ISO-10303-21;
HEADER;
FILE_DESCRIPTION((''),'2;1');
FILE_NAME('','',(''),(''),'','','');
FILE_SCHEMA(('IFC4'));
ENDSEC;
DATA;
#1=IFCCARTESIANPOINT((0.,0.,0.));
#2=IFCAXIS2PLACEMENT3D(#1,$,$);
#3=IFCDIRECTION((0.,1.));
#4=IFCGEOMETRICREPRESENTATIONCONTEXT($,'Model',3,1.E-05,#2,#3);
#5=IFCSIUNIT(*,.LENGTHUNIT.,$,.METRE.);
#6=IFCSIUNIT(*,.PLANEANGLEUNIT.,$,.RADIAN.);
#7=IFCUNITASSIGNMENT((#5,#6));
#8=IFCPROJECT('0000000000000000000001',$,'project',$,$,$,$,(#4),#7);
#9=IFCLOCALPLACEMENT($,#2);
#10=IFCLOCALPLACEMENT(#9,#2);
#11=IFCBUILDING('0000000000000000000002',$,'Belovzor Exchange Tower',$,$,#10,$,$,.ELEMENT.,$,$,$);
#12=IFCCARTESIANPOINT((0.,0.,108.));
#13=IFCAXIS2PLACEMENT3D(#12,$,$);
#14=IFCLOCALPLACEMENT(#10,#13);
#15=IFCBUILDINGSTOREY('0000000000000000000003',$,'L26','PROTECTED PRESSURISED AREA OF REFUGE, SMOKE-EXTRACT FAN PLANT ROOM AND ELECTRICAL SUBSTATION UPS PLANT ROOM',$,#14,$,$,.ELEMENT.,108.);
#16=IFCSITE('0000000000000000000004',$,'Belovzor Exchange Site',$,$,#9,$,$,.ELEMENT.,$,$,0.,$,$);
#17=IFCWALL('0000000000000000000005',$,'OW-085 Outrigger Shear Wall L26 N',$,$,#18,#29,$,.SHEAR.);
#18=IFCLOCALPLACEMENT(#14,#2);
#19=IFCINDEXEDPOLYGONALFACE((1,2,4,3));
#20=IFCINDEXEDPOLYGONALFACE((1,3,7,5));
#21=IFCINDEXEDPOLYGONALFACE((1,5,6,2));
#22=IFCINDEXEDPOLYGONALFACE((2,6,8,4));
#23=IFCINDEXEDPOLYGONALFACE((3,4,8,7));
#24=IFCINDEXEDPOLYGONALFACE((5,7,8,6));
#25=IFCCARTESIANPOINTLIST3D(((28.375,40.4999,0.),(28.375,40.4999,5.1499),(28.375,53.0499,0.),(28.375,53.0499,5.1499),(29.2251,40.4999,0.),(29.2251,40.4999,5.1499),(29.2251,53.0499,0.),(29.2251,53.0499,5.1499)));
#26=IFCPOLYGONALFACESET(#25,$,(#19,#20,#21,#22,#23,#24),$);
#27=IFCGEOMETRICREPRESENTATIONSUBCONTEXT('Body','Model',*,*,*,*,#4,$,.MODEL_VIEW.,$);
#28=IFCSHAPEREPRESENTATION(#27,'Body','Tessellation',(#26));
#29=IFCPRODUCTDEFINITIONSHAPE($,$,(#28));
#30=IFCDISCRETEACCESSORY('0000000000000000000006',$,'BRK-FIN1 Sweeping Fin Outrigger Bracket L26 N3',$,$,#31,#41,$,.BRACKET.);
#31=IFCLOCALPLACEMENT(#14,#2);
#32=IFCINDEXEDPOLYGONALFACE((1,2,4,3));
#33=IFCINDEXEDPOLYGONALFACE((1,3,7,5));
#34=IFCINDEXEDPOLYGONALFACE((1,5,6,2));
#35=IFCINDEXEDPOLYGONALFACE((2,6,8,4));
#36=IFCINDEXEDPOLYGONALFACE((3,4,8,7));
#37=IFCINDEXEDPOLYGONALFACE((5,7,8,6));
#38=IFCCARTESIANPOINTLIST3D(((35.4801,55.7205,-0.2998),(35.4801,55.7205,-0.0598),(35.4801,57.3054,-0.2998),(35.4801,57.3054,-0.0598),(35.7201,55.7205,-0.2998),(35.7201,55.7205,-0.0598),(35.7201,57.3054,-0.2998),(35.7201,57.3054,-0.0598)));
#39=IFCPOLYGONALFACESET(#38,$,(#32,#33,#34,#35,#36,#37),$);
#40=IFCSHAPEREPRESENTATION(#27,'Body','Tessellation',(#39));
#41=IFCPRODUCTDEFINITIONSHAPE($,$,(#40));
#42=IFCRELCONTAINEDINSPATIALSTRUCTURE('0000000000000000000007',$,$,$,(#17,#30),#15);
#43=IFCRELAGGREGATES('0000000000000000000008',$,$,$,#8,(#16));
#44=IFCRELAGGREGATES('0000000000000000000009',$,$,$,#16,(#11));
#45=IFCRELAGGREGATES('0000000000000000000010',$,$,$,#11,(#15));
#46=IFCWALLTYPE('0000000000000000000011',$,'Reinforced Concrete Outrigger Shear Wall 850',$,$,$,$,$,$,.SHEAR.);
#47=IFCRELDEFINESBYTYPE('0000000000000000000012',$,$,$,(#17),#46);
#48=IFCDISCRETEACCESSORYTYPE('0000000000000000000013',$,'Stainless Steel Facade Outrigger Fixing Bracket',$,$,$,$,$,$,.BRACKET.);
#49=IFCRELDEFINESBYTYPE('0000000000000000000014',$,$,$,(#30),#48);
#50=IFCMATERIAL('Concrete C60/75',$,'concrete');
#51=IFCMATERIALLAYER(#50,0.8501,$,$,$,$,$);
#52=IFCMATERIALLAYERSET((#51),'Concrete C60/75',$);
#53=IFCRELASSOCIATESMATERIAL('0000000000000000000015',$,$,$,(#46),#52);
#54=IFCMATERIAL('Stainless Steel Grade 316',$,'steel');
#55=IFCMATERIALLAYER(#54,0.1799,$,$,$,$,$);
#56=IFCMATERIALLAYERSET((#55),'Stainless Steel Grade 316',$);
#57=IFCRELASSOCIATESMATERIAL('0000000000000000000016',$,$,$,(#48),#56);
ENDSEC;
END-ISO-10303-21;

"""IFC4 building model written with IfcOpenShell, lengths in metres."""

from ifc_helpers import new_model, si_unit, direction, frame, frame_2d, origin, origin_2d, place, context, subcontext, project, spatial, rectangle, extrude, material, layer, layer_set, type_object, element, save


model = new_model("IFC4")

# Units and contexts
model_context = context("Model", 3, precision=1e-05, world=origin(), true_north=direction((0.0, 1.0)))
body_context = subcontext(model_context, "Body", "Model", "MODEL_VIEW")
ifc_project = project(units=[si_unit("LENGTHUNIT", "METRE"), si_unit("PLANEANGLEUNIT", "RADIAN")], contexts=[model_context])

# Site, building, storey
site_placement = place(None, origin())
site = spatial("IfcSite", under=ifc_project, at=site_placement, Name="Belovzor Exchange Site", CompositionType="ELEMENT", RefElevation=0.0)
building_placement = place(site_placement, origin())
building = spatial("IfcBuilding", under=site, at=building_placement, Name="Belovzor Exchange Tower", CompositionType="ELEMENT")
storey_placement = place(building_placement, frame((0.0, 0.0, 108.0)))
storey = spatial("IfcBuildingStorey", under=building, at=storey_placement, Name="L26", Description="PROTECTED PRESSURISED AREA OF REFUGE, SMOKE-EXTRACT FAN PLANT ROOM AND ELECTRICAL SUBSTATION UPS PLANT ROOM", CompositionType="ELEMENT", Elevation=108.0)

# Wall
ifc_material_1 = material(Name="Concrete C60/75", Category="concrete")
ifc_layer_1 = layer(ifc_material_1, 0.8501)
ifc_layer_set_1 = layer_set([ifc_layer_1], Name="Concrete C60/75")
wall_type_1 = type_object("IfcWallType", Name="Reinforced Concrete Outrigger Shear Wall 850", PredefinedType="SHEAR", material=ifc_layer_set_1)
wall_1_placement = place(storey_placement, frame((28.8, 40.5, 0.0), z_axis=(0.0, 0.0, 1.0), x_axis=(0.0, 1.0, 0.0)))
element("IfcWall", 1, at=wall_1_placement, inside=storey, type_object=wall_type_1, Name="OW-085 Outrigger Shear Wall L26 N", PredefinedType="SHEAR", context=body_context, shape_type="SweptSolid", body=[
    extrude(rectangle(XDim=12.55, YDim=0.8501, at=frame_2d((6.2749, 0.0))), origin(), (0.0, 0.0, 1.0), 5.1499),
])

# Discrete accessory
ifc_material_2 = material(Name="Stainless Steel Grade 316", Category="steel")
ifc_layer_2 = layer(ifc_material_2, 0.1799)
ifc_layer_set_2 = layer_set([ifc_layer_2], Name="Stainless Steel Grade 316")
discrete_accessory_type = type_object("IfcDiscreteAccessoryType", Name="Stainless Steel Facade Outrigger Fixing Bracket", PredefinedType="BRACKET", material=ifc_layer_set_2)
discrete_accessory_placement = place(storey_placement, frame((35.6001, 56.5129, -0.2998), z_axis=(0.0, 0.0, 1.0), x_axis=(0.0, 1.0, 0.0)))
element("IfcDiscreteAccessory", 2, at=discrete_accessory_placement, inside=storey, type_object=discrete_accessory_type, Name="BRK-FIN1 Sweeping Fin Outrigger Bracket L26 N3", PredefinedType="BRACKET", context=body_context, shape_type="SweptSolid", body=[
    extrude(rectangle(XDim=1.585, YDim=0.24, at=origin_2d()), origin(), (0.0, 0.0, 1.0), 0.24),
])

save(model, "model.ifc")
